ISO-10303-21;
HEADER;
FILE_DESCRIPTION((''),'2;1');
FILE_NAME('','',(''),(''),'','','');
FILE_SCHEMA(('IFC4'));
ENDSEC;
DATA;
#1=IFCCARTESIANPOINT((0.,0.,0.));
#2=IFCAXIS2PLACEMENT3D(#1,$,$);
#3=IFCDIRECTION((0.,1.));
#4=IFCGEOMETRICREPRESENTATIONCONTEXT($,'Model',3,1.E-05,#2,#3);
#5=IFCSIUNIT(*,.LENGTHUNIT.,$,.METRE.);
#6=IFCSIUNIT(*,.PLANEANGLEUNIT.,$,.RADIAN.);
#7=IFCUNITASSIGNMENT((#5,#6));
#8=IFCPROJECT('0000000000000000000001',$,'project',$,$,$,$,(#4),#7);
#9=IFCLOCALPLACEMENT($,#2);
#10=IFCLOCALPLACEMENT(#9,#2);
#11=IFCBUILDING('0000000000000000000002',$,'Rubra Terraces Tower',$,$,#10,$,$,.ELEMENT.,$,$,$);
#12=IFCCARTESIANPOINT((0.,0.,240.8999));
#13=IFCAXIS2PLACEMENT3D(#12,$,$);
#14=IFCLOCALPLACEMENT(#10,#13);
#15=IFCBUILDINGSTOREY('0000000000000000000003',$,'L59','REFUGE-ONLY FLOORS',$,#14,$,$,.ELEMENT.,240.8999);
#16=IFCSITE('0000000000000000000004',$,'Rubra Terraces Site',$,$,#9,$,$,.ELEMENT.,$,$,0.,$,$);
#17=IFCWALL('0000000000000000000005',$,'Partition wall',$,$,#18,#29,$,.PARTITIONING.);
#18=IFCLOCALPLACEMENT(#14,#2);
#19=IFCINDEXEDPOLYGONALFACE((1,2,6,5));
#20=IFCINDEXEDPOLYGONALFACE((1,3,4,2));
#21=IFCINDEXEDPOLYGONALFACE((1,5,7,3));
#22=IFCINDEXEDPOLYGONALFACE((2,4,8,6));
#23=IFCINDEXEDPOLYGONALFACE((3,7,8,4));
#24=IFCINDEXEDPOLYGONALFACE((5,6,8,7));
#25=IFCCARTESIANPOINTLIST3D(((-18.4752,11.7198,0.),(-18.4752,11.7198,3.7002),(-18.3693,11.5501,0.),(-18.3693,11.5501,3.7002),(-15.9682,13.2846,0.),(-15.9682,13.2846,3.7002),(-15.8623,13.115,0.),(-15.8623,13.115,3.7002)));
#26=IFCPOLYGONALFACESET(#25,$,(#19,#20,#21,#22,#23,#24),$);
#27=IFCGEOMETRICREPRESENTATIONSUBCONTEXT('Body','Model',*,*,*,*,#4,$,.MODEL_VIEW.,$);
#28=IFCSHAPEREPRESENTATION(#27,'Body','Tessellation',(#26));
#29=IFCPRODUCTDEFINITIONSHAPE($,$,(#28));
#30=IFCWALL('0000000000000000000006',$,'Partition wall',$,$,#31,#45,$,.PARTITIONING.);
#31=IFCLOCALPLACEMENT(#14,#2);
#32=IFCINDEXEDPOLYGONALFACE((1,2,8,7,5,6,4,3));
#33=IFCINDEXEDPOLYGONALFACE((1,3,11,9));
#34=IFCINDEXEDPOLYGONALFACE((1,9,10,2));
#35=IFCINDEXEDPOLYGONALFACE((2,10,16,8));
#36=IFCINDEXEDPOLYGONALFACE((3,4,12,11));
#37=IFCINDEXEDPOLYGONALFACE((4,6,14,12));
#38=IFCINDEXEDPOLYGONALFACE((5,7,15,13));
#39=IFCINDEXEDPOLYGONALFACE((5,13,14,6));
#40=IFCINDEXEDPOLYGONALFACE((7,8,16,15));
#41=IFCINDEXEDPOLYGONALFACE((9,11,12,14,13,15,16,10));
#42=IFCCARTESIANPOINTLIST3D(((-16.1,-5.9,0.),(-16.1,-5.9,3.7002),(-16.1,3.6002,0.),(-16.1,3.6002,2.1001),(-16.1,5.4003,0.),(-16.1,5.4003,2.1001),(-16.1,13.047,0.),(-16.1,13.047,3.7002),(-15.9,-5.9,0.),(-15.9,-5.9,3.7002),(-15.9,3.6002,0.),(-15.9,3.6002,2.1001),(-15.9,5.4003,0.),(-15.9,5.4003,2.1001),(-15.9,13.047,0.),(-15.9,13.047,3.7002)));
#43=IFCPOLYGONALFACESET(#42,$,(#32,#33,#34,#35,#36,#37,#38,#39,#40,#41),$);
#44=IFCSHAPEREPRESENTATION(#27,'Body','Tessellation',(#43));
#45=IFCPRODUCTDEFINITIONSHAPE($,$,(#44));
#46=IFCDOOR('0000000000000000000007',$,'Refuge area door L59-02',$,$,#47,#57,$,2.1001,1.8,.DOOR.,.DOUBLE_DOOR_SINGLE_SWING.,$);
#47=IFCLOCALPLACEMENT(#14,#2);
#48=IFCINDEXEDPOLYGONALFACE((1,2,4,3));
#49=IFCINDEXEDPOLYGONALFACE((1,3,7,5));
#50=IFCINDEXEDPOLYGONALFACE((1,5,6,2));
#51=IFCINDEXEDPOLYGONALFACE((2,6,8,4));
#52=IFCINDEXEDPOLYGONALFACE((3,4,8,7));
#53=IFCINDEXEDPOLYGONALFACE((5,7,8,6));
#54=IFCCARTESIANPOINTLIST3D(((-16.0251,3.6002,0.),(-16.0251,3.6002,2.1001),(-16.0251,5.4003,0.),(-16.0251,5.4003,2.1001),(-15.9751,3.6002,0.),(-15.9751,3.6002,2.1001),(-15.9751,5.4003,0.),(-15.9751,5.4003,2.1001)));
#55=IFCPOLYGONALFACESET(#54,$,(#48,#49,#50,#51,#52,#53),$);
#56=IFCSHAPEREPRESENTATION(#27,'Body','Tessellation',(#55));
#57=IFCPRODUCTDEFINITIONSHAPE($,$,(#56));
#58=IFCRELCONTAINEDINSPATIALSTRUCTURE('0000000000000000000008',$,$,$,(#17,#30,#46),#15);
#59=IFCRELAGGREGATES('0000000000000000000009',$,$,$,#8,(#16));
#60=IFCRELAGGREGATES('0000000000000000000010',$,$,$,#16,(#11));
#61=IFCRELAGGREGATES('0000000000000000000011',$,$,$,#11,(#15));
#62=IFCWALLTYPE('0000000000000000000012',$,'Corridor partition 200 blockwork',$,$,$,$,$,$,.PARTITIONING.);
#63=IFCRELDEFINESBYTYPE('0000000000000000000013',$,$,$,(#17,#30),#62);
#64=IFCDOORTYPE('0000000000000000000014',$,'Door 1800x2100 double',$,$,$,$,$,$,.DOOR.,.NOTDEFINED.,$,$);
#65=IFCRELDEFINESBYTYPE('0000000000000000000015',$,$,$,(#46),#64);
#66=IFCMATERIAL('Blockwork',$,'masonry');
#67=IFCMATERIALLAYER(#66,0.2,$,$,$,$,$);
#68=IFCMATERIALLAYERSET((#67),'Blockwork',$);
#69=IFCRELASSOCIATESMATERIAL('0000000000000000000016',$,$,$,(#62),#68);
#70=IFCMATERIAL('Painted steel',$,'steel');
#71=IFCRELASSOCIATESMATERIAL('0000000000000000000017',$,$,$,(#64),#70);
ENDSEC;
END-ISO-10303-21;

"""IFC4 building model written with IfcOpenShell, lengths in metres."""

from ifc_helpers import new_model, si_unit, direction, frame, frame_2d, origin, place, context, subcontext, project, spatial, rectangle, extrude, material, layer, layer_set, type_object, element, fill, save


model = new_model("IFC4")

# Units and contexts
model_context = context("Model", 3, precision=1e-05, world=origin(), true_north=direction((0.0, 1.0)))
body_context = subcontext(model_context, "Body", "Model", "MODEL_VIEW")
ifc_project = project(units=[si_unit("LENGTHUNIT", "METRE"), si_unit("PLANEANGLEUNIT", "RADIAN")], contexts=[model_context])

# Site, building, storey
site_placement = place(None, origin())
site = spatial("IfcSite", under=ifc_project, at=site_placement, Name="Rubra Terraces Site", CompositionType="ELEMENT", RefElevation=0.0)
building_placement = place(site_placement, origin())
building = spatial("IfcBuilding", under=site, at=building_placement, Name="Rubra Terraces Tower", CompositionType="ELEMENT")
storey_placement = place(building_placement, frame((0.0, 0.0, 240.8999)))
storey = spatial("IfcBuildingStorey", under=building, at=storey_placement, Name="L59", Description="REFUGE-ONLY FLOORS", CompositionType="ELEMENT", Elevation=240.8999)

# Wall
ifc_material_1 = material(Name="Blockwork", Category="masonry")
ifc_layer_1 = layer(ifc_material_1, 0.2)
ifc_layer_set_1 = layer_set([ifc_layer_1], Name="Blockwork")
wall_type_1 = type_object("IfcWallType", Name="Corridor partition 200 blockwork", PredefinedType="PARTITIONING", material=ifc_layer_set_1)
wall_1_placement = place(storey_placement, frame((-18.4221, 11.635, 0.0), z_axis=(0.0, 0.0, 1.0), x_axis=(0.8483, 0.529516, 0.0)))
element("IfcWall", 1, at=wall_1_placement, inside=storey, type_object=wall_type_1, Name="Partition wall", PredefinedType="PARTITIONING", context=body_context, shape_type="SweptSolid", body=[
    extrude(rectangle(XDim=2.9553, YDim=0.2, at=frame_2d((1.4775, 0.0))), origin(), (0.0, 0.0, 1.0), 3.7002),
])

# Wall, opening, door
wall_2_placement = place(storey_placement, frame((-16.0, 13.0471, 0.0), z_axis=(0.0, 0.0, 1.0), x_axis=(0.0, -1.0, 0.0)))
wall_2 = element("IfcWall", 2, at=wall_2_placement, inside=storey, type_object=wall_type_1, Name="Partition wall", PredefinedType="PARTITIONING", context=body_context, shape_type="SweptSolid", body=[
    extrude(rectangle(XDim=18.947, YDim=0.2, at=frame_2d((9.4736, 0.0))), origin(), (0.0, 0.0, 1.0), 3.7002),
])
opening_1_placement = place(wall_2_placement, frame((7.647, 0.0, 0.0)))
opening_1 = element("IfcOpeningElement", 3, at=opening_1_placement, cuts=wall_2, PredefinedType="OPENING", context=body_context, shape_type="SweptSolid", body=[
    extrude(rectangle(XDim=1.8, YDim=2.1001, at=frame_2d((0.8999, 1.05))), frame((0.0, 0.1099, 0.0), z_axis=(0.0, -1.0, 0.0), x_axis=(1.0, 0.0, 0.0)), (0.0, 0.0, 1.0), 0.22),
])
ifc_material_2 = material(Name="Painted steel", Category="steel")
door_type = type_object("IfcDoorType", Name="Door 1800x2100 double", OperationType="NOTDEFINED", PredefinedType="DOOR", material=ifc_material_2)
door_placement = place(opening_1_placement, origin())
door = element("IfcDoor", 4, at=door_placement, inside=storey, type_object=door_type, Name="Refuge area door L59-02", OperationType="DOUBLE_DOOR_SINGLE_SWING", OverallHeight=2.1001, OverallWidth=1.8, PredefinedType="DOOR", context=body_context, shape_type="SweptSolid", body=[
    extrude(rectangle(XDim=1.8, YDim=2.1001, at=frame_2d((0.8999, 1.05))), frame((0.0, 0.0249, 0.0), z_axis=(0.0, -1.0, 0.0), x_axis=(1.0, 0.0, 0.0)), (0.0, 0.0, 1.0), 0.05),
])
fill(opening_1, door)

save(model, "model.ifc")
